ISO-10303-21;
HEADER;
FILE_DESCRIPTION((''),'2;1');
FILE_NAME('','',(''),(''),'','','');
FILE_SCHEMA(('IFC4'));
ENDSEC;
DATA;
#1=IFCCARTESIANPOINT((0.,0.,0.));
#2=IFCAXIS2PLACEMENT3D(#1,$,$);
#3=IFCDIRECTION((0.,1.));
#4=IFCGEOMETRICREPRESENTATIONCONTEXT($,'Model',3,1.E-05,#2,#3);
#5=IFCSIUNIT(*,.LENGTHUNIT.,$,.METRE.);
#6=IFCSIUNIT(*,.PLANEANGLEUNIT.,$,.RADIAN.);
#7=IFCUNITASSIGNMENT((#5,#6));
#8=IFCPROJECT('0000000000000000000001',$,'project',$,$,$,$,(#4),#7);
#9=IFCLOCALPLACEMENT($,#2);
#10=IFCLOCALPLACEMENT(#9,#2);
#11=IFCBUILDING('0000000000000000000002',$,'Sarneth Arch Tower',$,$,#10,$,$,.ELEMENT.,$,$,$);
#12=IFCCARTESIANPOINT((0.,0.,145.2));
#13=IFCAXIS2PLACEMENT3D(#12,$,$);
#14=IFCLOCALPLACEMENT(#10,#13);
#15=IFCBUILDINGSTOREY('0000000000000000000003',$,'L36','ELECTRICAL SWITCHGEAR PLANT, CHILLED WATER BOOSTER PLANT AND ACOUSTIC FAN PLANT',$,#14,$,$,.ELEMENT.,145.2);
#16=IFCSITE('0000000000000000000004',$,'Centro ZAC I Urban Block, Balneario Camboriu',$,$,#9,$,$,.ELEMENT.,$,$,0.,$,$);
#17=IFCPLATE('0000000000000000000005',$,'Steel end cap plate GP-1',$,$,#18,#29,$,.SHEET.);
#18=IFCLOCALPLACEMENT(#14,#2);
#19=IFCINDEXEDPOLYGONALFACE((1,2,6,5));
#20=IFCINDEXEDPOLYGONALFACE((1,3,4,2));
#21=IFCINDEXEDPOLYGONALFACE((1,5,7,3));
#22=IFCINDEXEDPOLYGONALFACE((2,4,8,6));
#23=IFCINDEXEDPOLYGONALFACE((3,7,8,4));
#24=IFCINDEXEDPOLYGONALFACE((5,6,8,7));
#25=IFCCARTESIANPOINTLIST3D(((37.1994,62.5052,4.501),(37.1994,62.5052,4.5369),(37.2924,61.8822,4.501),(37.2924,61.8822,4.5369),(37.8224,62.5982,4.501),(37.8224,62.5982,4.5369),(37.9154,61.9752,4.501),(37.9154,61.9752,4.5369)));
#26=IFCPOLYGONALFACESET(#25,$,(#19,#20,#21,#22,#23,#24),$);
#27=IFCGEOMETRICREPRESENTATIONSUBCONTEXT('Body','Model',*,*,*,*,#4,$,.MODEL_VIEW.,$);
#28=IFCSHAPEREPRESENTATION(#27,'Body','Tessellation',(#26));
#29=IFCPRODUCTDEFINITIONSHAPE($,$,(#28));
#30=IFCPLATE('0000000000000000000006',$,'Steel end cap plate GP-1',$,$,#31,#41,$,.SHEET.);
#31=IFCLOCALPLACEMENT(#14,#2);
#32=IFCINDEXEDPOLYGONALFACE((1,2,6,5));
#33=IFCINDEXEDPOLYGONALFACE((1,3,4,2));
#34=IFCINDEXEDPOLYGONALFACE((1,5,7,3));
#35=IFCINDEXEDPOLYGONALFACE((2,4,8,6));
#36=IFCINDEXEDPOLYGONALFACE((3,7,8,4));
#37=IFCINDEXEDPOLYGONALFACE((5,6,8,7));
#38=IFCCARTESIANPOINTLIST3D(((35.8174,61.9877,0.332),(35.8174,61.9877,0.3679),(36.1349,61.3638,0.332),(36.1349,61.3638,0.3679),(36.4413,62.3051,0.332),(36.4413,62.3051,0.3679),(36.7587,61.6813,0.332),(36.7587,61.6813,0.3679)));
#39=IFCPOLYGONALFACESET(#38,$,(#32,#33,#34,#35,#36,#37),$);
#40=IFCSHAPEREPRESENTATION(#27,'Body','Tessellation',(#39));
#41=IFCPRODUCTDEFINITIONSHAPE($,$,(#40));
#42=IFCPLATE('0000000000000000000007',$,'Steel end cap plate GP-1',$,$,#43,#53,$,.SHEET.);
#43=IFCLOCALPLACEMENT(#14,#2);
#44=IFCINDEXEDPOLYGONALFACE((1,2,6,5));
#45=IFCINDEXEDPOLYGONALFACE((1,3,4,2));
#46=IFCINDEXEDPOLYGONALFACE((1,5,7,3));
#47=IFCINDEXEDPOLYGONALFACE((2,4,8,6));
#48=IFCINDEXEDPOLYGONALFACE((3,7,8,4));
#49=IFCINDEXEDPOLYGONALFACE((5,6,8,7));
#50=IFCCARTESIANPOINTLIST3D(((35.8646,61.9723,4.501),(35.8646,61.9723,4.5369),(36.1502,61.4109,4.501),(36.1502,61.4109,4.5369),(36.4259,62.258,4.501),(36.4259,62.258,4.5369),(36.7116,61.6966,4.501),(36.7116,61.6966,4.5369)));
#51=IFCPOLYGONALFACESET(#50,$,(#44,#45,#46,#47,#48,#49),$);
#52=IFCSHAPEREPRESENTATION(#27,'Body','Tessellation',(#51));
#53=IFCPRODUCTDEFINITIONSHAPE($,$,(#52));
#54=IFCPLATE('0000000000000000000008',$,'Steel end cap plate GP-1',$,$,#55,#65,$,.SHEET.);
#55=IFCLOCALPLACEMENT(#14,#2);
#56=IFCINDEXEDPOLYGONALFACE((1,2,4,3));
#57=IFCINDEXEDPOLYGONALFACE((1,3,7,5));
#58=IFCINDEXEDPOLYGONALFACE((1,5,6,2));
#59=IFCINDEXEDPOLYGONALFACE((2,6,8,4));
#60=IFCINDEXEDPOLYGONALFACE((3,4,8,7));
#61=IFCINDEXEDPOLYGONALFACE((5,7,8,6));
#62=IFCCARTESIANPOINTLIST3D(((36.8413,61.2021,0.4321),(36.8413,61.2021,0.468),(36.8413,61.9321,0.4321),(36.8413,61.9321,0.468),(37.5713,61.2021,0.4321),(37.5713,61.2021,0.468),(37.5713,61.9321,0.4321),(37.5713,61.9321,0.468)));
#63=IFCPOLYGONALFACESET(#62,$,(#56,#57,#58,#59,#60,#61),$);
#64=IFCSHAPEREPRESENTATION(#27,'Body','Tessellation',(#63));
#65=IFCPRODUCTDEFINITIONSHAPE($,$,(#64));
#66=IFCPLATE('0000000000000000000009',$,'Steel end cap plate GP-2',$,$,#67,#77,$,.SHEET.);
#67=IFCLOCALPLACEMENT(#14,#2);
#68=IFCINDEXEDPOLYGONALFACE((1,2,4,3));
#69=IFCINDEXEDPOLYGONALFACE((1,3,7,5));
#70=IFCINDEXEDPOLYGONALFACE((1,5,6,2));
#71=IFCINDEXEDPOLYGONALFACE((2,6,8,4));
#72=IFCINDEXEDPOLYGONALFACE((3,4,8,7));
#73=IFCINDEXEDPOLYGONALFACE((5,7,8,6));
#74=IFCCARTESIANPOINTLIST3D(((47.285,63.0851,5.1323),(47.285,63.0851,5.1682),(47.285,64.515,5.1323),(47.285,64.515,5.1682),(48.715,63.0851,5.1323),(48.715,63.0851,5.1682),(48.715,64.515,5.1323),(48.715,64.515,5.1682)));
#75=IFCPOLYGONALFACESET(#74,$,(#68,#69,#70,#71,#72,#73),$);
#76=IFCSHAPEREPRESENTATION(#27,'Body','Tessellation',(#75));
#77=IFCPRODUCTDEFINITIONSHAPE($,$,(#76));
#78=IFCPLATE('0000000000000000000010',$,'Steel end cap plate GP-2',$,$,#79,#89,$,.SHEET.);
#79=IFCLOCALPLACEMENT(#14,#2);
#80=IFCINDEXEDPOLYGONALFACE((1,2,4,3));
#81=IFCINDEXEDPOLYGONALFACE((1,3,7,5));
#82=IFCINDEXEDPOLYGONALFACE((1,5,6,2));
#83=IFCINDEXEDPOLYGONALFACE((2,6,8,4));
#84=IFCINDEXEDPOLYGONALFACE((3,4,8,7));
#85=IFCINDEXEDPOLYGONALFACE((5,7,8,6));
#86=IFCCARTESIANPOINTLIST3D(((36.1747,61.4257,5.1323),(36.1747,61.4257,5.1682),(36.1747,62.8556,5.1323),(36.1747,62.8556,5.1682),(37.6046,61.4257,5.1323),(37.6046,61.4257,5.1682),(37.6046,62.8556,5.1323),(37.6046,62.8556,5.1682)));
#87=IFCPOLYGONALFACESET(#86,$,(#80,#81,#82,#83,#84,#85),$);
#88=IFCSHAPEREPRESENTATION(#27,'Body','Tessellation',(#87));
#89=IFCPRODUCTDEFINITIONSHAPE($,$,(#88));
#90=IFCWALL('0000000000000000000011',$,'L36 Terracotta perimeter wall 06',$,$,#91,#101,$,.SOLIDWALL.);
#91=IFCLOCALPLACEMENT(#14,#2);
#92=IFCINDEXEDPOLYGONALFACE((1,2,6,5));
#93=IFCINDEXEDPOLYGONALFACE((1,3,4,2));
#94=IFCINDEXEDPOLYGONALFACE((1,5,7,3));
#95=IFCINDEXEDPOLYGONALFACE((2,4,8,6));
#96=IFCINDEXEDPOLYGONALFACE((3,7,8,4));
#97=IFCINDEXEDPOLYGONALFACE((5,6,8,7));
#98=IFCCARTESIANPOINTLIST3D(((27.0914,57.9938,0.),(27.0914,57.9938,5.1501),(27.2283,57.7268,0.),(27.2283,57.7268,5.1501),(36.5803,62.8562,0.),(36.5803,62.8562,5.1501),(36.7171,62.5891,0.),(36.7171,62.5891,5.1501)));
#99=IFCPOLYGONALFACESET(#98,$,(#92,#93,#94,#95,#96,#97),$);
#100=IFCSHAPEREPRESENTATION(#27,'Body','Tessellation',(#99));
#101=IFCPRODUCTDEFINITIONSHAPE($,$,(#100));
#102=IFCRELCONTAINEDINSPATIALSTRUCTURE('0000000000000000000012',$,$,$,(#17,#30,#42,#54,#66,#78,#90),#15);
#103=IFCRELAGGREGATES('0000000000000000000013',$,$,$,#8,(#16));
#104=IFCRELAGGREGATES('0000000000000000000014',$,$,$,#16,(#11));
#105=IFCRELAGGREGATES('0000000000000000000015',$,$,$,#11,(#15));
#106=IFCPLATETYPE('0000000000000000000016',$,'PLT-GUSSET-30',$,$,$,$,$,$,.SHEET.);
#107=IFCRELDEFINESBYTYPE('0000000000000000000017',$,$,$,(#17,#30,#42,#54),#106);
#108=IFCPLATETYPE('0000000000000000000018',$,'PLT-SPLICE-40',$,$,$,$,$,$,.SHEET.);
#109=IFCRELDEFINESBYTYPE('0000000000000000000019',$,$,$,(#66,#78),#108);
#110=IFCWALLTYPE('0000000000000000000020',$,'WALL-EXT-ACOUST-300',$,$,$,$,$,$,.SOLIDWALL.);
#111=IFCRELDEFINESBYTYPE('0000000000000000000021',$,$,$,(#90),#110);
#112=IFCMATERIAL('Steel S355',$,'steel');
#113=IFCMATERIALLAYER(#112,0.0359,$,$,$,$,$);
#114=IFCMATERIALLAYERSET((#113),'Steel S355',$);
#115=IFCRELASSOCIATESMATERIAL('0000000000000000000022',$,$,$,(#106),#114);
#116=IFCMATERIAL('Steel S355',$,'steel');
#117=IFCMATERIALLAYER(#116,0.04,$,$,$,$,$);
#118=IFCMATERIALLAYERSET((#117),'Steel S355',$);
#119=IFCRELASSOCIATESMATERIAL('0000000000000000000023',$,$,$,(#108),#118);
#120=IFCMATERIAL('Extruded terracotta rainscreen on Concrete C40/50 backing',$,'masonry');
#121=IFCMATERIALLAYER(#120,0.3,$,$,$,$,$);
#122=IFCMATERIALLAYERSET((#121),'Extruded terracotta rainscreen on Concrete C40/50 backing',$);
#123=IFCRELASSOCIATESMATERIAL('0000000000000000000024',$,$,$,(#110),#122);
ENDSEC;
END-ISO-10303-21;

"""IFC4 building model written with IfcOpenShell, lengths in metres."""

from ifc_helpers import new_model, si_unit, direction, frame, frame_2d, origin, origin_2d, place, context, subcontext, project, spatial, rectangle, extrude, material, layer, layer_set, type_object, element, save


model = new_model("IFC4")

# Units and contexts
model_context = context("Model", 3, precision=1e-05, world=origin(), true_north=direction((0.0, 1.0)))
body_context = subcontext(model_context, "Body", "Model", "MODEL_VIEW")
ifc_project = project(units=[si_unit("LENGTHUNIT", "METRE"), si_unit("PLANEANGLEUNIT", "RADIAN")], contexts=[model_context])

# Site, building, storey
site_placement = place(None, origin())
site = spatial("IfcSite", under=ifc_project, at=site_placement, Name="Centro ZAC I Urban Block, Balneario Camboriu", CompositionType="ELEMENT", RefElevation=0.0)
building_placement = place(site_placement, origin())
building = spatial("IfcBuilding", under=site, at=building_placement, Name="Sarneth Arch Tower", CompositionType="ELEMENT")
storey_placement = place(building_placement, frame((0.0, 0.0, 145.2)))
storey = spatial("IfcBuildingStorey", under=building, at=storey_placement, Name="L36", Description="ELECTRICAL SWITCHGEAR PLANT, CHILLED WATER BOOSTER PLANT AND ACOUSTIC FAN PLANT", CompositionType="ELEMENT", Elevation=145.2)

# Plates
ifc_material_1 = material(Name="Steel S355", Category="steel")
ifc_layer_1 = layer(ifc_material_1, 0.0359)
ifc_layer_set_1 = layer_set([ifc_layer_1], Name="Steel S355")
plate_type_1 = type_object("IfcPlateType", Name="PLT-GUSSET-30", PredefinedType="SHEET", material=ifc_layer_set_1)
for number, where, z_axis, x_axis, name in (
    (1, (37.5574, 62.2402, 4.501), (0.0, 0.0, 1.0), (-0.989042, -0.147637, 0.0), "Steel end cap plate GP-1"),
):
    element("IfcPlate", number, at=place(storey_placement, frame(where, z_axis=z_axis, x_axis=x_axis)), inside=storey, type_object=plate_type_1, Name=name, PredefinedType="SHEET", context=body_context, shape_type="SweptSolid", body=[
        extrude(rectangle(XDim=0.6299, YDim=0.6299, at=origin_2d()), origin(), (0.0, 0.0, 1.0), 0.0359),
    ])
plate_1_placement = place(storey_placement, frame((36.2881, 61.8345, 0.332), z_axis=(0.0, 0.0, 1.0), x_axis=(0.891244, 0.453524, 0.0)))
element("IfcPlate", 2, at=plate_1_placement, inside=storey, type_object=plate_type_1, Name="Steel end cap plate GP-1", PredefinedType="SHEET", context=body_context, shape_type="SweptSolid", body=[
    extrude(rectangle(XDim=0.7, YDim=0.7, at=origin_2d()), origin(), (0.0, 0.0, 1.0), 0.0359),
])
plate_2_placement = place(storey_placement, frame((36.2881, 61.8345, 4.501), z_axis=(0.0, 0.0, 1.0), x_axis=(0.891244, 0.453524, 0.0)))
element("IfcPlate", 3, at=plate_2_placement, inside=storey, type_object=plate_type_1, Name="Steel end cap plate GP-1", PredefinedType="SHEET", context=body_context, shape_type="SweptSolid", body=[
    extrude(rectangle(XDim=0.6299, YDim=0.6299, at=origin_2d()), origin(), (0.0, 0.0, 1.0), 0.0359),
])
plate_3_placement = place(storey_placement, frame((37.2063, 61.5671, 0.4321), z_axis=(0.0, 0.0, 1.0), x_axis=(1.0, 0.0, 0.0)))
element("IfcPlate", 4, at=plate_3_placement, inside=storey, type_object=plate_type_1, Name="Steel end cap plate GP-1", PredefinedType="SHEET", context=body_context, shape_type="SweptSolid", body=[
    extrude(rectangle(XDim=0.73, YDim=0.73, at=origin_2d()), origin(), (0.0, 0.0, 1.0), 0.0359),
])
ifc_material_2 = material(Name="Steel S355", Category="steel")
ifc_layer_2 = layer(ifc_material_2, 0.04)
ifc_layer_set_2 = layer_set([ifc_layer_2], Name="Steel S355")
plate_type_2 = type_object("IfcPlateType", Name="PLT-SPLICE-40", PredefinedType="SHEET", material=ifc_layer_set_2)
for number, where, z_axis, x_axis, name in (
    (5, (48.0, 63.8, 5.1323), (0.0, 0.0, 1.0), (1.0, 0.0, 0.0), "Steel end cap plate GP-2"),
    (6, (36.8896, 62.1406, 5.1323), (0.0, 0.0, 1.0), (1.0, 0.0, 0.0), "Steel end cap plate GP-2"),
):
    element("IfcPlate", number, at=place(storey_placement, frame(where, z_axis=z_axis, x_axis=x_axis)), inside=storey, type_object=plate_type_2, Name=name, PredefinedType="SHEET", context=body_context, shape_type="SweptSolid", body=[
        extrude(rectangle(XDim=1.4299, YDim=1.4299, at=origin_2d()), origin(), (0.0, 0.0, 1.0), 0.0359),
    ])

# Wall
ifc_material_3 = material(Name="Extruded terracotta rainscreen on Concrete C40/50 backing", Category="masonry")
ifc_layer_3 = layer(ifc_material_3, 0.3)
ifc_layer_set_3 = layer_set([ifc_layer_3], Name="Extruded terracotta rainscreen on Concrete C40/50 backing")
wall_type = type_object("IfcWallType", Name="WALL-EXT-ACOUST-300", PredefinedType="SOLIDWALL", material=ifc_layer_set_3)
wall_placement = place(storey_placement, frame((36.6487, 62.7227, 0.0), z_axis=(0.0, 0.0, 1.0), x_axis=(-0.88996, -0.45604, 0.0)))
element("IfcWall", 7, at=wall_placement, inside=storey, type_object=wall_type, Name="L36 Terracotta perimeter wall 06", PredefinedType="SOLIDWALL", context=body_context, shape_type="SweptSolid", body=[
    extrude(rectangle(XDim=10.6621, YDim=0.3, at=frame_2d((5.3311, 0.0))), origin(), (0.0, 0.0, 1.0), 5.1501),
])

save(model, "model.ifc")
